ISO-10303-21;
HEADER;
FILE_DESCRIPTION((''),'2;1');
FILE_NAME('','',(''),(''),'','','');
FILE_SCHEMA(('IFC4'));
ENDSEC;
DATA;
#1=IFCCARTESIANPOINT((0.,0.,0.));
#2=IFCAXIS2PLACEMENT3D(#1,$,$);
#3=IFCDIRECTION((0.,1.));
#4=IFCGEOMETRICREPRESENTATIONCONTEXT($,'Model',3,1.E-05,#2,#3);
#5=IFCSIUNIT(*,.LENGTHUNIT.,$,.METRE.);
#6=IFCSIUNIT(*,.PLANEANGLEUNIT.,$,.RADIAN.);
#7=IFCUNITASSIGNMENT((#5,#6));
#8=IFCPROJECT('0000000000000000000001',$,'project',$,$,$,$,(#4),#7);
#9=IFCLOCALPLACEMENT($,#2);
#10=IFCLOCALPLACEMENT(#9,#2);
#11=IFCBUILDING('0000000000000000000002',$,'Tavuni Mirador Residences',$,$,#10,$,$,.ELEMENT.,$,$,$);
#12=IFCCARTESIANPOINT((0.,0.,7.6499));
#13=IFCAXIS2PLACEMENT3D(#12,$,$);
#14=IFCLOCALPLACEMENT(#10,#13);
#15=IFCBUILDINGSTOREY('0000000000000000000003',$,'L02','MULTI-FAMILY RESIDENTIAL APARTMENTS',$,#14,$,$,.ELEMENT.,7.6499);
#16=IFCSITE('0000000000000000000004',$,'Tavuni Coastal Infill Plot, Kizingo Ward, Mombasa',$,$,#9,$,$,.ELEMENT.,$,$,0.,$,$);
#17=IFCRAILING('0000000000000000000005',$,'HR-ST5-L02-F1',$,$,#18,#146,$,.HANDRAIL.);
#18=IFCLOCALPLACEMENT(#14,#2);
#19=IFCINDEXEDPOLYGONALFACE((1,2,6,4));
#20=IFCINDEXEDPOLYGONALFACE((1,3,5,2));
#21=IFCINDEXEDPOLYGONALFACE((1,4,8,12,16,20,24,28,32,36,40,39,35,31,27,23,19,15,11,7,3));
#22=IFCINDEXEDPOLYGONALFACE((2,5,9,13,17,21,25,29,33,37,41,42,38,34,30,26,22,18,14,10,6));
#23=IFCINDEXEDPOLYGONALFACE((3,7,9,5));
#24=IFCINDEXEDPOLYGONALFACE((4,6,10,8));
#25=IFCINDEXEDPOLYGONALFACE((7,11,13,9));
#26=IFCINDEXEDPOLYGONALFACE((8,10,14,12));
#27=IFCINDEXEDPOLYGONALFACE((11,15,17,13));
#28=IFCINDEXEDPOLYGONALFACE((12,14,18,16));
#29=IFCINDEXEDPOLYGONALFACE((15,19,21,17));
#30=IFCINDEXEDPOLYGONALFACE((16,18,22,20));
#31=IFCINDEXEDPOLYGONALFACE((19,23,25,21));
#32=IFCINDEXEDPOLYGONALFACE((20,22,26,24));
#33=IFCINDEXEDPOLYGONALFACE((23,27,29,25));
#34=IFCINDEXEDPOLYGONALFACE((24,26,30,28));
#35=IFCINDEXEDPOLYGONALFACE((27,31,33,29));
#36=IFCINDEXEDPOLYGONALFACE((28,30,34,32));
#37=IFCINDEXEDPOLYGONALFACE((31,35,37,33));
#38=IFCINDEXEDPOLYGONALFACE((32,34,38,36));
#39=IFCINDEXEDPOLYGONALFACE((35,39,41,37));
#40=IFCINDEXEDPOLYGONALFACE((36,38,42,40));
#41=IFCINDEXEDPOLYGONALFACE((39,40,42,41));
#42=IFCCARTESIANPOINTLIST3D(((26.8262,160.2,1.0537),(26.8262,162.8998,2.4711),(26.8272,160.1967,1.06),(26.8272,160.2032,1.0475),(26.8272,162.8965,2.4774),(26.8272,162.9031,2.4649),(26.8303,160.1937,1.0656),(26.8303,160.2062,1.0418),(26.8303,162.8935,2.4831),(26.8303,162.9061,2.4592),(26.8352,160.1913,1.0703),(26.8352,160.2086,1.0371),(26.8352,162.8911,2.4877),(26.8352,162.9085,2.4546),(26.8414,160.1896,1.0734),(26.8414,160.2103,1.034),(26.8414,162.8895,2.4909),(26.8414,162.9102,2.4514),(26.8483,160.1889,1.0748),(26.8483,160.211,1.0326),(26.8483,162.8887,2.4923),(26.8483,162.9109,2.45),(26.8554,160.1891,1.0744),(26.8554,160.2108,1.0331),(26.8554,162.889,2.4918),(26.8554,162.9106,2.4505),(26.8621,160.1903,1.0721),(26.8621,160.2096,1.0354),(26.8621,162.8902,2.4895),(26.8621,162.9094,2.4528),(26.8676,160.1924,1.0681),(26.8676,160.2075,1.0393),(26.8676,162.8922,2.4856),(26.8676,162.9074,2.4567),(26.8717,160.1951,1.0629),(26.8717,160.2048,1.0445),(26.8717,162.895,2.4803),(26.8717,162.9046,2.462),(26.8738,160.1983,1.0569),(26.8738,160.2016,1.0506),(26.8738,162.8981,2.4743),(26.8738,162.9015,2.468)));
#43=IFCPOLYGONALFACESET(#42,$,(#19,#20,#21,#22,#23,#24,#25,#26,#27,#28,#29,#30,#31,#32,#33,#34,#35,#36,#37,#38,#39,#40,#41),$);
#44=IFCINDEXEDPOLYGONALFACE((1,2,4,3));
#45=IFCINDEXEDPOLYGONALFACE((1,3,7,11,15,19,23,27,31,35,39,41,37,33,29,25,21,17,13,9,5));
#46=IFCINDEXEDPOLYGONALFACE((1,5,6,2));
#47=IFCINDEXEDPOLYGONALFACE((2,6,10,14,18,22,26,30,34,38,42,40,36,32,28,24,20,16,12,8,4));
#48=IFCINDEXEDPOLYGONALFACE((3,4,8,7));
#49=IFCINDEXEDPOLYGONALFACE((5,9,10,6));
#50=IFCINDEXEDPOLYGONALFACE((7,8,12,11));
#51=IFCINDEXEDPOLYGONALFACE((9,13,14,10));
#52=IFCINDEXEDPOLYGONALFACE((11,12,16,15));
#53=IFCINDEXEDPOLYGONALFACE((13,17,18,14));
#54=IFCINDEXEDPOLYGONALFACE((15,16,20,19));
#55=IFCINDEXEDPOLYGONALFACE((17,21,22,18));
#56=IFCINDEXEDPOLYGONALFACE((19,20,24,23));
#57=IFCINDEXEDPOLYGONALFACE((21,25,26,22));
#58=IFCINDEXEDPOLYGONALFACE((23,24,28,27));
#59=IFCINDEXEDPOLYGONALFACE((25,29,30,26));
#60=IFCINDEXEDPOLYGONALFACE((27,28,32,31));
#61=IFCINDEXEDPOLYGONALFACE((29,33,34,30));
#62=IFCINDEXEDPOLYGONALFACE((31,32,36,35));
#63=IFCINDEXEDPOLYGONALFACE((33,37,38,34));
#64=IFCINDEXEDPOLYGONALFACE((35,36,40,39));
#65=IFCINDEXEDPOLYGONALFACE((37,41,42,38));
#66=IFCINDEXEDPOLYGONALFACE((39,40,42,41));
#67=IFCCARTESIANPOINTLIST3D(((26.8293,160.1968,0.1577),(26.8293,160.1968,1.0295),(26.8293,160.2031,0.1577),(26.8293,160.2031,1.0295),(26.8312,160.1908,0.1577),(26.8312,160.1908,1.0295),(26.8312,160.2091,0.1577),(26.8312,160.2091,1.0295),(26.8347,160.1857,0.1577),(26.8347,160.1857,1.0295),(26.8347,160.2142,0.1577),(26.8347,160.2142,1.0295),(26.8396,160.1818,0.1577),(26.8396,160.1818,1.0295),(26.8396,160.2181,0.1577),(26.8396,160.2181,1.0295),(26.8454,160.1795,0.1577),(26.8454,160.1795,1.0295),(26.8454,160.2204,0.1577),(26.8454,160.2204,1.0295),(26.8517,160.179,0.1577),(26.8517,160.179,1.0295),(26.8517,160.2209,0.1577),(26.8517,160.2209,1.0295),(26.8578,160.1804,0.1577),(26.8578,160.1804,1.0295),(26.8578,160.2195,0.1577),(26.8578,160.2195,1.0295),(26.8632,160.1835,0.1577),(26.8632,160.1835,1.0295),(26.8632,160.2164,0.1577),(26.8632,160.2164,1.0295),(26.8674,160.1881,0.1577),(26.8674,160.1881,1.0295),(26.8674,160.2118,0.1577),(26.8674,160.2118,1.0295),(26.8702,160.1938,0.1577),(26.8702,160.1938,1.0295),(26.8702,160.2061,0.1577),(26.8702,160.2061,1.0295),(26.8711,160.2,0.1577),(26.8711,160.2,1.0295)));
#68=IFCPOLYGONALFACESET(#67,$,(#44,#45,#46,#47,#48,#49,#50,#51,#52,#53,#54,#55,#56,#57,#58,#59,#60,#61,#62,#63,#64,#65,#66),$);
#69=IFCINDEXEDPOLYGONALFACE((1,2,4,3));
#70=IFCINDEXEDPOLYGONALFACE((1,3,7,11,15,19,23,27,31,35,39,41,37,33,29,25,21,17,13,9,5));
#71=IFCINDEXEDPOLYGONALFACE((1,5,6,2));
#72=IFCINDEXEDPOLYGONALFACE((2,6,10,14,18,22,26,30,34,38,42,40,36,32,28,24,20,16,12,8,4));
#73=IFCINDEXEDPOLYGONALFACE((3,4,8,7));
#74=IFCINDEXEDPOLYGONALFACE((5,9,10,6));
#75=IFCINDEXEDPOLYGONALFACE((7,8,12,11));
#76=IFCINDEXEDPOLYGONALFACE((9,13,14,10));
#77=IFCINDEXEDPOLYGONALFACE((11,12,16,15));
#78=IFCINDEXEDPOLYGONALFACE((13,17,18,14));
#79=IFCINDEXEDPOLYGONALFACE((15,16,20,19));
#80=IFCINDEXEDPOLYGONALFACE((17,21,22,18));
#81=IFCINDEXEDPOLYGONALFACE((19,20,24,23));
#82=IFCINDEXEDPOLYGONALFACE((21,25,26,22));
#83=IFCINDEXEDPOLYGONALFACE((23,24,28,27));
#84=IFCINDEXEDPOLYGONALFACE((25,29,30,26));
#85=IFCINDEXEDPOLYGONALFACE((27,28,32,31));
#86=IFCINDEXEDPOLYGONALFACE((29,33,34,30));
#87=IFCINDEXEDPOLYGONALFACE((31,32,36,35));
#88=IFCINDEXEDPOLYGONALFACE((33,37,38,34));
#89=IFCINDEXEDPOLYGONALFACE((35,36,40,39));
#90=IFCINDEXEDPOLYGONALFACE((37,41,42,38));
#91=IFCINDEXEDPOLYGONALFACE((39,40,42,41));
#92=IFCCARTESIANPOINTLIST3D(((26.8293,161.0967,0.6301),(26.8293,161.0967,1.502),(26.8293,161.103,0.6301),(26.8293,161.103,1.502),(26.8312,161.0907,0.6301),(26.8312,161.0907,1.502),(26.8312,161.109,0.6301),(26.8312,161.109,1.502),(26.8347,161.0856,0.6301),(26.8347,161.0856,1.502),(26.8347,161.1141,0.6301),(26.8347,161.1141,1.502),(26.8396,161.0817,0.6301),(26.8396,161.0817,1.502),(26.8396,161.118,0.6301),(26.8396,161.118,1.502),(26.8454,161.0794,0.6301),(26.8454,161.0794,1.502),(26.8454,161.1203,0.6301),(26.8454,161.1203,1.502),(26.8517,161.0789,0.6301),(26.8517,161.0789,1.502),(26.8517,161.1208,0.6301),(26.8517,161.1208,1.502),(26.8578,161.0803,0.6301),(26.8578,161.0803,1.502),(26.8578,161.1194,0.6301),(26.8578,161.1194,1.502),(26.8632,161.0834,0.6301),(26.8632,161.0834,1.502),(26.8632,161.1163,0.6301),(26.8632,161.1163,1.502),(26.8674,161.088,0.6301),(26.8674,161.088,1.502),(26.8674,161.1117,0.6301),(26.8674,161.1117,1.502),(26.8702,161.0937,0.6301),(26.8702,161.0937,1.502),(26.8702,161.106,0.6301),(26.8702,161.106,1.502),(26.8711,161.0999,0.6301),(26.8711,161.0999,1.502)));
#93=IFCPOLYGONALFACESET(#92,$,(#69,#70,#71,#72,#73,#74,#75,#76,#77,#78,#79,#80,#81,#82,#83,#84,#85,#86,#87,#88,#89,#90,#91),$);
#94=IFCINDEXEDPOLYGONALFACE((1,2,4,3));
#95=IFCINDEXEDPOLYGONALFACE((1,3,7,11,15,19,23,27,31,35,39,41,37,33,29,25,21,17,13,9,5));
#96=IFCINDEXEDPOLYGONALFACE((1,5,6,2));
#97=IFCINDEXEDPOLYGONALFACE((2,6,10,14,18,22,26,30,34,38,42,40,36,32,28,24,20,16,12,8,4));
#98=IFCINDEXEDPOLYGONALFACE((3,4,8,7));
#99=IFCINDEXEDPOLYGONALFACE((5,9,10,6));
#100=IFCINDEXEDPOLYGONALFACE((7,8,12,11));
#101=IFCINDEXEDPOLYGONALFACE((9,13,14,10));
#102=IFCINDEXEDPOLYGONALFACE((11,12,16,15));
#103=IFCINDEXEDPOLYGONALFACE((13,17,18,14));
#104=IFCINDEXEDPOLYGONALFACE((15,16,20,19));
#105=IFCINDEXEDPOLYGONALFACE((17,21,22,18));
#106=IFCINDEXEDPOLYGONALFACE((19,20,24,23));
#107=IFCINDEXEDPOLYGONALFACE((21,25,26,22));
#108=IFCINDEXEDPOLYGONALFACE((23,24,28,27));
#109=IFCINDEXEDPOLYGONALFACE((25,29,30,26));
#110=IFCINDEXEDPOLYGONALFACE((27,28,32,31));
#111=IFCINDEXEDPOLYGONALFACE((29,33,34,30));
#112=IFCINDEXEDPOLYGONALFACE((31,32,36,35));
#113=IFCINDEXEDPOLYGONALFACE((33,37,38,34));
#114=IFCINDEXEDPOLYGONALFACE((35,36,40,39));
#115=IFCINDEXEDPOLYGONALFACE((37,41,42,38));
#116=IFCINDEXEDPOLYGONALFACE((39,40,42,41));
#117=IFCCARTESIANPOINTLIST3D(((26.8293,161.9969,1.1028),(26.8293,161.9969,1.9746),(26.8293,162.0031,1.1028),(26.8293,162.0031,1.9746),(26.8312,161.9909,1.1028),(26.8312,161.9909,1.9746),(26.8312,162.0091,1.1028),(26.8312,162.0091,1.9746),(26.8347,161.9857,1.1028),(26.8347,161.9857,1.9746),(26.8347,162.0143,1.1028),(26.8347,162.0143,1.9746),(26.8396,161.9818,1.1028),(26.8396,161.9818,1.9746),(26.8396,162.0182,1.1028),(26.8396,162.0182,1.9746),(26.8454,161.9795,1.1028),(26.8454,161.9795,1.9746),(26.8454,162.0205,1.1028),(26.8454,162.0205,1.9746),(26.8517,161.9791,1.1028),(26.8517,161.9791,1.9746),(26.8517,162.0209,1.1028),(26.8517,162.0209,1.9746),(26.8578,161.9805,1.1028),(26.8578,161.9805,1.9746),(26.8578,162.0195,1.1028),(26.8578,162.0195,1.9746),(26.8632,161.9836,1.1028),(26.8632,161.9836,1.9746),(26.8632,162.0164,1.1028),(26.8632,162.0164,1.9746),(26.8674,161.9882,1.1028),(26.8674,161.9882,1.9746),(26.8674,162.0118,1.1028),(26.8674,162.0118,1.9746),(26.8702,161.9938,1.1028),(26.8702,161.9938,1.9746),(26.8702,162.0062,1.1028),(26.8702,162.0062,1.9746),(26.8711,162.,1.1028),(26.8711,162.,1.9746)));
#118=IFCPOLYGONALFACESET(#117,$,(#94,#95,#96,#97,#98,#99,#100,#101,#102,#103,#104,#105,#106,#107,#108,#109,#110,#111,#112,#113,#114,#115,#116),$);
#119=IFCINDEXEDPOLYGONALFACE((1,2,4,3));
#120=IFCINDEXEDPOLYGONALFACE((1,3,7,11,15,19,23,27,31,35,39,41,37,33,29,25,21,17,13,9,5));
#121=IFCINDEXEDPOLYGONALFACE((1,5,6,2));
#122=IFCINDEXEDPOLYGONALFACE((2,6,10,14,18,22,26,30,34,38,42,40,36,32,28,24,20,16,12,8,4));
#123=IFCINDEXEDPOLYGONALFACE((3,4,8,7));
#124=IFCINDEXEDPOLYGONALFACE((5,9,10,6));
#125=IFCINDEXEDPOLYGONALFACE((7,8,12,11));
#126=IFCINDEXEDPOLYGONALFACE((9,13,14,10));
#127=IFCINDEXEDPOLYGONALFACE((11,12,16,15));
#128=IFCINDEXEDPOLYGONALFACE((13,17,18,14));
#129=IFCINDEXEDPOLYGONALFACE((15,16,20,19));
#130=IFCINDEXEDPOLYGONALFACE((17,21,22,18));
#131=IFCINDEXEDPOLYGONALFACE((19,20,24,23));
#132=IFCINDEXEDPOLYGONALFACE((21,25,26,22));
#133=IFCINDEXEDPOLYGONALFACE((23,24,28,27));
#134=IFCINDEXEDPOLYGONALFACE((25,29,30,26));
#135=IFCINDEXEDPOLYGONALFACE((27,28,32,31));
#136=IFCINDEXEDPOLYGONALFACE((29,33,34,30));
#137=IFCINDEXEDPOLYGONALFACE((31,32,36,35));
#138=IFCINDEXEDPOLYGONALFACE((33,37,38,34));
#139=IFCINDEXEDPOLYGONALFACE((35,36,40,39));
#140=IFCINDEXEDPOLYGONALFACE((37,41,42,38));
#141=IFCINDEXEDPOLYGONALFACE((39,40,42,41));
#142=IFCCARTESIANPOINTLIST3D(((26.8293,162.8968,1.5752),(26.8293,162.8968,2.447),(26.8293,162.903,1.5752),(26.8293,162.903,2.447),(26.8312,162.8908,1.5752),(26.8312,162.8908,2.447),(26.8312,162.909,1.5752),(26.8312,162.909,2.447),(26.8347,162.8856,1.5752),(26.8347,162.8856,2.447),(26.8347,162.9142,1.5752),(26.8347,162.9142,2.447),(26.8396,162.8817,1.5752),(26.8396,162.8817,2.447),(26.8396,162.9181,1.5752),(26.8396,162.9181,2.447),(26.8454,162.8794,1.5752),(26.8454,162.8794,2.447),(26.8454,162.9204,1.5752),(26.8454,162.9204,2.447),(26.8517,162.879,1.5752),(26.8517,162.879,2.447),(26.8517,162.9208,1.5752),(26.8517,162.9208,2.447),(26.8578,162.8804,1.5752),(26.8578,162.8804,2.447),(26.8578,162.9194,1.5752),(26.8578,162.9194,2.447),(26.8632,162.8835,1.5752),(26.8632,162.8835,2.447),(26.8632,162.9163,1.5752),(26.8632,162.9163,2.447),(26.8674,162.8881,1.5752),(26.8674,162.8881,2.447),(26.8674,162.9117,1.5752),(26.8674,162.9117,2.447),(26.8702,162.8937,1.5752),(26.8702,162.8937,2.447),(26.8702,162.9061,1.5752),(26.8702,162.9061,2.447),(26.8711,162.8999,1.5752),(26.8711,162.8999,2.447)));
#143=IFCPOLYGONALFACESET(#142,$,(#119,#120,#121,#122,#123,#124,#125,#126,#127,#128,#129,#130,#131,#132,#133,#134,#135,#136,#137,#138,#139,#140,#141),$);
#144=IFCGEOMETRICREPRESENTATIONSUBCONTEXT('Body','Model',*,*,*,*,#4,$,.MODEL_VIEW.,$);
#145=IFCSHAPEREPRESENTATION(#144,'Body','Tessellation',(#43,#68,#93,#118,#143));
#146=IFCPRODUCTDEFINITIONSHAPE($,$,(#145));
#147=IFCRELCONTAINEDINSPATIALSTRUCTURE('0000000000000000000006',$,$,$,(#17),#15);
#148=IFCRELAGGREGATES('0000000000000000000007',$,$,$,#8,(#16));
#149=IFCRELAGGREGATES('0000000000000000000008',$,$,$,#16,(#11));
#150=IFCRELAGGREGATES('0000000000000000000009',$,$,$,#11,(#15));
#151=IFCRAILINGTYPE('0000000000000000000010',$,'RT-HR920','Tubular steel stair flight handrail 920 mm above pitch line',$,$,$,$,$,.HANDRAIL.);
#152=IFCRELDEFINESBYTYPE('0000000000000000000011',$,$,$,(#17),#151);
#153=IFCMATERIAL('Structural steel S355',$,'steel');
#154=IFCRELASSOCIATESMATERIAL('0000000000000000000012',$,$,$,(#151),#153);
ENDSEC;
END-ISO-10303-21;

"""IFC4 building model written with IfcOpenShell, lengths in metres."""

from ifc_helpers import new_model, si_unit, direction, frame, origin, origin_2d, place, context, subcontext, project, spatial, circle, extrude, material, type_object, element, save


model = new_model("IFC4")

# Units and contexts
model_context = context("Model", 3, precision=1e-05, world=origin(), true_north=direction((0.0, 1.0)))
body_context = subcontext(model_context, "Body", "Model", "MODEL_VIEW")
ifc_project = project(units=[si_unit("LENGTHUNIT", "METRE"), si_unit("PLANEANGLEUNIT", "RADIAN")], contexts=[model_context])

# Site, building, storey
site_placement = place(None, origin())
site = spatial("IfcSite", under=ifc_project, at=site_placement, Name="Tavuni Coastal Infill Plot, Kizingo Ward, Mombasa", CompositionType="ELEMENT", RefElevation=0.0)
building_placement = place(site_placement, origin())
building = spatial("IfcBuilding", under=site, at=building_placement, Name="Tavuni Mirador Residences", CompositionType="ELEMENT")
storey_placement = place(building_placement, frame((0.0, 0.0, 7.6499)))
storey = spatial("IfcBuildingStorey", under=building, at=storey_placement, Name="L02", Description="MULTI-FAMILY RESIDENTIAL APARTMENTS", CompositionType="ELEMENT", Elevation=7.6499)

# Shared definitions
ifc_material_1 = material(Name="Structural steel S355", Category="steel")

# Railing
railing_type_1 = type_object("IfcRailingType", Name="RT-HR920", Description="Tubular steel stair flight handrail 920 mm above pitch line", PredefinedType="HANDRAIL", material=ifc_material_1)
railing_1_placement = place(storey_placement, frame((26.8501, 160.2, 0.1577)))
element("IfcRailing", 1, at=railing_1_placement, inside=storey, type_object=railing_type_1, Name="HR-ST5-L02-F1", PredefinedType="HANDRAIL", context=body_context, shape_type="SweptSolid", body=[
    extrude(circle(Radius=0.0239, at=origin_2d()), frame((0.0, 0.0, 0.896), z_axis=(0.0, 0.885397, 0.464835), x_axis=(-1.0, 0.0, 0.0)), (0.0, 0.0, 1.0), 3.0493),
    extrude(circle(Radius=0.021, at=origin_2d()), origin(), (0.0, 0.0, 1.0), 0.8718),
    extrude(circle(Radius=0.021, at=origin_2d()), frame((0.0, 0.8999, 0.4724)), (0.0, 0.0, 1.0), 0.8718),
    extrude(circle(Radius=0.021, at=origin_2d()), frame((0.0, 1.8, 0.9451)), (0.0, 0.0, 1.0), 0.8718),
    extrude(circle(Radius=0.021, at=origin_2d()), frame((0.0, 2.7, 1.4175)), (0.0, 0.0, 1.0), 0.8718),
])

save(model, "model.ifc")
